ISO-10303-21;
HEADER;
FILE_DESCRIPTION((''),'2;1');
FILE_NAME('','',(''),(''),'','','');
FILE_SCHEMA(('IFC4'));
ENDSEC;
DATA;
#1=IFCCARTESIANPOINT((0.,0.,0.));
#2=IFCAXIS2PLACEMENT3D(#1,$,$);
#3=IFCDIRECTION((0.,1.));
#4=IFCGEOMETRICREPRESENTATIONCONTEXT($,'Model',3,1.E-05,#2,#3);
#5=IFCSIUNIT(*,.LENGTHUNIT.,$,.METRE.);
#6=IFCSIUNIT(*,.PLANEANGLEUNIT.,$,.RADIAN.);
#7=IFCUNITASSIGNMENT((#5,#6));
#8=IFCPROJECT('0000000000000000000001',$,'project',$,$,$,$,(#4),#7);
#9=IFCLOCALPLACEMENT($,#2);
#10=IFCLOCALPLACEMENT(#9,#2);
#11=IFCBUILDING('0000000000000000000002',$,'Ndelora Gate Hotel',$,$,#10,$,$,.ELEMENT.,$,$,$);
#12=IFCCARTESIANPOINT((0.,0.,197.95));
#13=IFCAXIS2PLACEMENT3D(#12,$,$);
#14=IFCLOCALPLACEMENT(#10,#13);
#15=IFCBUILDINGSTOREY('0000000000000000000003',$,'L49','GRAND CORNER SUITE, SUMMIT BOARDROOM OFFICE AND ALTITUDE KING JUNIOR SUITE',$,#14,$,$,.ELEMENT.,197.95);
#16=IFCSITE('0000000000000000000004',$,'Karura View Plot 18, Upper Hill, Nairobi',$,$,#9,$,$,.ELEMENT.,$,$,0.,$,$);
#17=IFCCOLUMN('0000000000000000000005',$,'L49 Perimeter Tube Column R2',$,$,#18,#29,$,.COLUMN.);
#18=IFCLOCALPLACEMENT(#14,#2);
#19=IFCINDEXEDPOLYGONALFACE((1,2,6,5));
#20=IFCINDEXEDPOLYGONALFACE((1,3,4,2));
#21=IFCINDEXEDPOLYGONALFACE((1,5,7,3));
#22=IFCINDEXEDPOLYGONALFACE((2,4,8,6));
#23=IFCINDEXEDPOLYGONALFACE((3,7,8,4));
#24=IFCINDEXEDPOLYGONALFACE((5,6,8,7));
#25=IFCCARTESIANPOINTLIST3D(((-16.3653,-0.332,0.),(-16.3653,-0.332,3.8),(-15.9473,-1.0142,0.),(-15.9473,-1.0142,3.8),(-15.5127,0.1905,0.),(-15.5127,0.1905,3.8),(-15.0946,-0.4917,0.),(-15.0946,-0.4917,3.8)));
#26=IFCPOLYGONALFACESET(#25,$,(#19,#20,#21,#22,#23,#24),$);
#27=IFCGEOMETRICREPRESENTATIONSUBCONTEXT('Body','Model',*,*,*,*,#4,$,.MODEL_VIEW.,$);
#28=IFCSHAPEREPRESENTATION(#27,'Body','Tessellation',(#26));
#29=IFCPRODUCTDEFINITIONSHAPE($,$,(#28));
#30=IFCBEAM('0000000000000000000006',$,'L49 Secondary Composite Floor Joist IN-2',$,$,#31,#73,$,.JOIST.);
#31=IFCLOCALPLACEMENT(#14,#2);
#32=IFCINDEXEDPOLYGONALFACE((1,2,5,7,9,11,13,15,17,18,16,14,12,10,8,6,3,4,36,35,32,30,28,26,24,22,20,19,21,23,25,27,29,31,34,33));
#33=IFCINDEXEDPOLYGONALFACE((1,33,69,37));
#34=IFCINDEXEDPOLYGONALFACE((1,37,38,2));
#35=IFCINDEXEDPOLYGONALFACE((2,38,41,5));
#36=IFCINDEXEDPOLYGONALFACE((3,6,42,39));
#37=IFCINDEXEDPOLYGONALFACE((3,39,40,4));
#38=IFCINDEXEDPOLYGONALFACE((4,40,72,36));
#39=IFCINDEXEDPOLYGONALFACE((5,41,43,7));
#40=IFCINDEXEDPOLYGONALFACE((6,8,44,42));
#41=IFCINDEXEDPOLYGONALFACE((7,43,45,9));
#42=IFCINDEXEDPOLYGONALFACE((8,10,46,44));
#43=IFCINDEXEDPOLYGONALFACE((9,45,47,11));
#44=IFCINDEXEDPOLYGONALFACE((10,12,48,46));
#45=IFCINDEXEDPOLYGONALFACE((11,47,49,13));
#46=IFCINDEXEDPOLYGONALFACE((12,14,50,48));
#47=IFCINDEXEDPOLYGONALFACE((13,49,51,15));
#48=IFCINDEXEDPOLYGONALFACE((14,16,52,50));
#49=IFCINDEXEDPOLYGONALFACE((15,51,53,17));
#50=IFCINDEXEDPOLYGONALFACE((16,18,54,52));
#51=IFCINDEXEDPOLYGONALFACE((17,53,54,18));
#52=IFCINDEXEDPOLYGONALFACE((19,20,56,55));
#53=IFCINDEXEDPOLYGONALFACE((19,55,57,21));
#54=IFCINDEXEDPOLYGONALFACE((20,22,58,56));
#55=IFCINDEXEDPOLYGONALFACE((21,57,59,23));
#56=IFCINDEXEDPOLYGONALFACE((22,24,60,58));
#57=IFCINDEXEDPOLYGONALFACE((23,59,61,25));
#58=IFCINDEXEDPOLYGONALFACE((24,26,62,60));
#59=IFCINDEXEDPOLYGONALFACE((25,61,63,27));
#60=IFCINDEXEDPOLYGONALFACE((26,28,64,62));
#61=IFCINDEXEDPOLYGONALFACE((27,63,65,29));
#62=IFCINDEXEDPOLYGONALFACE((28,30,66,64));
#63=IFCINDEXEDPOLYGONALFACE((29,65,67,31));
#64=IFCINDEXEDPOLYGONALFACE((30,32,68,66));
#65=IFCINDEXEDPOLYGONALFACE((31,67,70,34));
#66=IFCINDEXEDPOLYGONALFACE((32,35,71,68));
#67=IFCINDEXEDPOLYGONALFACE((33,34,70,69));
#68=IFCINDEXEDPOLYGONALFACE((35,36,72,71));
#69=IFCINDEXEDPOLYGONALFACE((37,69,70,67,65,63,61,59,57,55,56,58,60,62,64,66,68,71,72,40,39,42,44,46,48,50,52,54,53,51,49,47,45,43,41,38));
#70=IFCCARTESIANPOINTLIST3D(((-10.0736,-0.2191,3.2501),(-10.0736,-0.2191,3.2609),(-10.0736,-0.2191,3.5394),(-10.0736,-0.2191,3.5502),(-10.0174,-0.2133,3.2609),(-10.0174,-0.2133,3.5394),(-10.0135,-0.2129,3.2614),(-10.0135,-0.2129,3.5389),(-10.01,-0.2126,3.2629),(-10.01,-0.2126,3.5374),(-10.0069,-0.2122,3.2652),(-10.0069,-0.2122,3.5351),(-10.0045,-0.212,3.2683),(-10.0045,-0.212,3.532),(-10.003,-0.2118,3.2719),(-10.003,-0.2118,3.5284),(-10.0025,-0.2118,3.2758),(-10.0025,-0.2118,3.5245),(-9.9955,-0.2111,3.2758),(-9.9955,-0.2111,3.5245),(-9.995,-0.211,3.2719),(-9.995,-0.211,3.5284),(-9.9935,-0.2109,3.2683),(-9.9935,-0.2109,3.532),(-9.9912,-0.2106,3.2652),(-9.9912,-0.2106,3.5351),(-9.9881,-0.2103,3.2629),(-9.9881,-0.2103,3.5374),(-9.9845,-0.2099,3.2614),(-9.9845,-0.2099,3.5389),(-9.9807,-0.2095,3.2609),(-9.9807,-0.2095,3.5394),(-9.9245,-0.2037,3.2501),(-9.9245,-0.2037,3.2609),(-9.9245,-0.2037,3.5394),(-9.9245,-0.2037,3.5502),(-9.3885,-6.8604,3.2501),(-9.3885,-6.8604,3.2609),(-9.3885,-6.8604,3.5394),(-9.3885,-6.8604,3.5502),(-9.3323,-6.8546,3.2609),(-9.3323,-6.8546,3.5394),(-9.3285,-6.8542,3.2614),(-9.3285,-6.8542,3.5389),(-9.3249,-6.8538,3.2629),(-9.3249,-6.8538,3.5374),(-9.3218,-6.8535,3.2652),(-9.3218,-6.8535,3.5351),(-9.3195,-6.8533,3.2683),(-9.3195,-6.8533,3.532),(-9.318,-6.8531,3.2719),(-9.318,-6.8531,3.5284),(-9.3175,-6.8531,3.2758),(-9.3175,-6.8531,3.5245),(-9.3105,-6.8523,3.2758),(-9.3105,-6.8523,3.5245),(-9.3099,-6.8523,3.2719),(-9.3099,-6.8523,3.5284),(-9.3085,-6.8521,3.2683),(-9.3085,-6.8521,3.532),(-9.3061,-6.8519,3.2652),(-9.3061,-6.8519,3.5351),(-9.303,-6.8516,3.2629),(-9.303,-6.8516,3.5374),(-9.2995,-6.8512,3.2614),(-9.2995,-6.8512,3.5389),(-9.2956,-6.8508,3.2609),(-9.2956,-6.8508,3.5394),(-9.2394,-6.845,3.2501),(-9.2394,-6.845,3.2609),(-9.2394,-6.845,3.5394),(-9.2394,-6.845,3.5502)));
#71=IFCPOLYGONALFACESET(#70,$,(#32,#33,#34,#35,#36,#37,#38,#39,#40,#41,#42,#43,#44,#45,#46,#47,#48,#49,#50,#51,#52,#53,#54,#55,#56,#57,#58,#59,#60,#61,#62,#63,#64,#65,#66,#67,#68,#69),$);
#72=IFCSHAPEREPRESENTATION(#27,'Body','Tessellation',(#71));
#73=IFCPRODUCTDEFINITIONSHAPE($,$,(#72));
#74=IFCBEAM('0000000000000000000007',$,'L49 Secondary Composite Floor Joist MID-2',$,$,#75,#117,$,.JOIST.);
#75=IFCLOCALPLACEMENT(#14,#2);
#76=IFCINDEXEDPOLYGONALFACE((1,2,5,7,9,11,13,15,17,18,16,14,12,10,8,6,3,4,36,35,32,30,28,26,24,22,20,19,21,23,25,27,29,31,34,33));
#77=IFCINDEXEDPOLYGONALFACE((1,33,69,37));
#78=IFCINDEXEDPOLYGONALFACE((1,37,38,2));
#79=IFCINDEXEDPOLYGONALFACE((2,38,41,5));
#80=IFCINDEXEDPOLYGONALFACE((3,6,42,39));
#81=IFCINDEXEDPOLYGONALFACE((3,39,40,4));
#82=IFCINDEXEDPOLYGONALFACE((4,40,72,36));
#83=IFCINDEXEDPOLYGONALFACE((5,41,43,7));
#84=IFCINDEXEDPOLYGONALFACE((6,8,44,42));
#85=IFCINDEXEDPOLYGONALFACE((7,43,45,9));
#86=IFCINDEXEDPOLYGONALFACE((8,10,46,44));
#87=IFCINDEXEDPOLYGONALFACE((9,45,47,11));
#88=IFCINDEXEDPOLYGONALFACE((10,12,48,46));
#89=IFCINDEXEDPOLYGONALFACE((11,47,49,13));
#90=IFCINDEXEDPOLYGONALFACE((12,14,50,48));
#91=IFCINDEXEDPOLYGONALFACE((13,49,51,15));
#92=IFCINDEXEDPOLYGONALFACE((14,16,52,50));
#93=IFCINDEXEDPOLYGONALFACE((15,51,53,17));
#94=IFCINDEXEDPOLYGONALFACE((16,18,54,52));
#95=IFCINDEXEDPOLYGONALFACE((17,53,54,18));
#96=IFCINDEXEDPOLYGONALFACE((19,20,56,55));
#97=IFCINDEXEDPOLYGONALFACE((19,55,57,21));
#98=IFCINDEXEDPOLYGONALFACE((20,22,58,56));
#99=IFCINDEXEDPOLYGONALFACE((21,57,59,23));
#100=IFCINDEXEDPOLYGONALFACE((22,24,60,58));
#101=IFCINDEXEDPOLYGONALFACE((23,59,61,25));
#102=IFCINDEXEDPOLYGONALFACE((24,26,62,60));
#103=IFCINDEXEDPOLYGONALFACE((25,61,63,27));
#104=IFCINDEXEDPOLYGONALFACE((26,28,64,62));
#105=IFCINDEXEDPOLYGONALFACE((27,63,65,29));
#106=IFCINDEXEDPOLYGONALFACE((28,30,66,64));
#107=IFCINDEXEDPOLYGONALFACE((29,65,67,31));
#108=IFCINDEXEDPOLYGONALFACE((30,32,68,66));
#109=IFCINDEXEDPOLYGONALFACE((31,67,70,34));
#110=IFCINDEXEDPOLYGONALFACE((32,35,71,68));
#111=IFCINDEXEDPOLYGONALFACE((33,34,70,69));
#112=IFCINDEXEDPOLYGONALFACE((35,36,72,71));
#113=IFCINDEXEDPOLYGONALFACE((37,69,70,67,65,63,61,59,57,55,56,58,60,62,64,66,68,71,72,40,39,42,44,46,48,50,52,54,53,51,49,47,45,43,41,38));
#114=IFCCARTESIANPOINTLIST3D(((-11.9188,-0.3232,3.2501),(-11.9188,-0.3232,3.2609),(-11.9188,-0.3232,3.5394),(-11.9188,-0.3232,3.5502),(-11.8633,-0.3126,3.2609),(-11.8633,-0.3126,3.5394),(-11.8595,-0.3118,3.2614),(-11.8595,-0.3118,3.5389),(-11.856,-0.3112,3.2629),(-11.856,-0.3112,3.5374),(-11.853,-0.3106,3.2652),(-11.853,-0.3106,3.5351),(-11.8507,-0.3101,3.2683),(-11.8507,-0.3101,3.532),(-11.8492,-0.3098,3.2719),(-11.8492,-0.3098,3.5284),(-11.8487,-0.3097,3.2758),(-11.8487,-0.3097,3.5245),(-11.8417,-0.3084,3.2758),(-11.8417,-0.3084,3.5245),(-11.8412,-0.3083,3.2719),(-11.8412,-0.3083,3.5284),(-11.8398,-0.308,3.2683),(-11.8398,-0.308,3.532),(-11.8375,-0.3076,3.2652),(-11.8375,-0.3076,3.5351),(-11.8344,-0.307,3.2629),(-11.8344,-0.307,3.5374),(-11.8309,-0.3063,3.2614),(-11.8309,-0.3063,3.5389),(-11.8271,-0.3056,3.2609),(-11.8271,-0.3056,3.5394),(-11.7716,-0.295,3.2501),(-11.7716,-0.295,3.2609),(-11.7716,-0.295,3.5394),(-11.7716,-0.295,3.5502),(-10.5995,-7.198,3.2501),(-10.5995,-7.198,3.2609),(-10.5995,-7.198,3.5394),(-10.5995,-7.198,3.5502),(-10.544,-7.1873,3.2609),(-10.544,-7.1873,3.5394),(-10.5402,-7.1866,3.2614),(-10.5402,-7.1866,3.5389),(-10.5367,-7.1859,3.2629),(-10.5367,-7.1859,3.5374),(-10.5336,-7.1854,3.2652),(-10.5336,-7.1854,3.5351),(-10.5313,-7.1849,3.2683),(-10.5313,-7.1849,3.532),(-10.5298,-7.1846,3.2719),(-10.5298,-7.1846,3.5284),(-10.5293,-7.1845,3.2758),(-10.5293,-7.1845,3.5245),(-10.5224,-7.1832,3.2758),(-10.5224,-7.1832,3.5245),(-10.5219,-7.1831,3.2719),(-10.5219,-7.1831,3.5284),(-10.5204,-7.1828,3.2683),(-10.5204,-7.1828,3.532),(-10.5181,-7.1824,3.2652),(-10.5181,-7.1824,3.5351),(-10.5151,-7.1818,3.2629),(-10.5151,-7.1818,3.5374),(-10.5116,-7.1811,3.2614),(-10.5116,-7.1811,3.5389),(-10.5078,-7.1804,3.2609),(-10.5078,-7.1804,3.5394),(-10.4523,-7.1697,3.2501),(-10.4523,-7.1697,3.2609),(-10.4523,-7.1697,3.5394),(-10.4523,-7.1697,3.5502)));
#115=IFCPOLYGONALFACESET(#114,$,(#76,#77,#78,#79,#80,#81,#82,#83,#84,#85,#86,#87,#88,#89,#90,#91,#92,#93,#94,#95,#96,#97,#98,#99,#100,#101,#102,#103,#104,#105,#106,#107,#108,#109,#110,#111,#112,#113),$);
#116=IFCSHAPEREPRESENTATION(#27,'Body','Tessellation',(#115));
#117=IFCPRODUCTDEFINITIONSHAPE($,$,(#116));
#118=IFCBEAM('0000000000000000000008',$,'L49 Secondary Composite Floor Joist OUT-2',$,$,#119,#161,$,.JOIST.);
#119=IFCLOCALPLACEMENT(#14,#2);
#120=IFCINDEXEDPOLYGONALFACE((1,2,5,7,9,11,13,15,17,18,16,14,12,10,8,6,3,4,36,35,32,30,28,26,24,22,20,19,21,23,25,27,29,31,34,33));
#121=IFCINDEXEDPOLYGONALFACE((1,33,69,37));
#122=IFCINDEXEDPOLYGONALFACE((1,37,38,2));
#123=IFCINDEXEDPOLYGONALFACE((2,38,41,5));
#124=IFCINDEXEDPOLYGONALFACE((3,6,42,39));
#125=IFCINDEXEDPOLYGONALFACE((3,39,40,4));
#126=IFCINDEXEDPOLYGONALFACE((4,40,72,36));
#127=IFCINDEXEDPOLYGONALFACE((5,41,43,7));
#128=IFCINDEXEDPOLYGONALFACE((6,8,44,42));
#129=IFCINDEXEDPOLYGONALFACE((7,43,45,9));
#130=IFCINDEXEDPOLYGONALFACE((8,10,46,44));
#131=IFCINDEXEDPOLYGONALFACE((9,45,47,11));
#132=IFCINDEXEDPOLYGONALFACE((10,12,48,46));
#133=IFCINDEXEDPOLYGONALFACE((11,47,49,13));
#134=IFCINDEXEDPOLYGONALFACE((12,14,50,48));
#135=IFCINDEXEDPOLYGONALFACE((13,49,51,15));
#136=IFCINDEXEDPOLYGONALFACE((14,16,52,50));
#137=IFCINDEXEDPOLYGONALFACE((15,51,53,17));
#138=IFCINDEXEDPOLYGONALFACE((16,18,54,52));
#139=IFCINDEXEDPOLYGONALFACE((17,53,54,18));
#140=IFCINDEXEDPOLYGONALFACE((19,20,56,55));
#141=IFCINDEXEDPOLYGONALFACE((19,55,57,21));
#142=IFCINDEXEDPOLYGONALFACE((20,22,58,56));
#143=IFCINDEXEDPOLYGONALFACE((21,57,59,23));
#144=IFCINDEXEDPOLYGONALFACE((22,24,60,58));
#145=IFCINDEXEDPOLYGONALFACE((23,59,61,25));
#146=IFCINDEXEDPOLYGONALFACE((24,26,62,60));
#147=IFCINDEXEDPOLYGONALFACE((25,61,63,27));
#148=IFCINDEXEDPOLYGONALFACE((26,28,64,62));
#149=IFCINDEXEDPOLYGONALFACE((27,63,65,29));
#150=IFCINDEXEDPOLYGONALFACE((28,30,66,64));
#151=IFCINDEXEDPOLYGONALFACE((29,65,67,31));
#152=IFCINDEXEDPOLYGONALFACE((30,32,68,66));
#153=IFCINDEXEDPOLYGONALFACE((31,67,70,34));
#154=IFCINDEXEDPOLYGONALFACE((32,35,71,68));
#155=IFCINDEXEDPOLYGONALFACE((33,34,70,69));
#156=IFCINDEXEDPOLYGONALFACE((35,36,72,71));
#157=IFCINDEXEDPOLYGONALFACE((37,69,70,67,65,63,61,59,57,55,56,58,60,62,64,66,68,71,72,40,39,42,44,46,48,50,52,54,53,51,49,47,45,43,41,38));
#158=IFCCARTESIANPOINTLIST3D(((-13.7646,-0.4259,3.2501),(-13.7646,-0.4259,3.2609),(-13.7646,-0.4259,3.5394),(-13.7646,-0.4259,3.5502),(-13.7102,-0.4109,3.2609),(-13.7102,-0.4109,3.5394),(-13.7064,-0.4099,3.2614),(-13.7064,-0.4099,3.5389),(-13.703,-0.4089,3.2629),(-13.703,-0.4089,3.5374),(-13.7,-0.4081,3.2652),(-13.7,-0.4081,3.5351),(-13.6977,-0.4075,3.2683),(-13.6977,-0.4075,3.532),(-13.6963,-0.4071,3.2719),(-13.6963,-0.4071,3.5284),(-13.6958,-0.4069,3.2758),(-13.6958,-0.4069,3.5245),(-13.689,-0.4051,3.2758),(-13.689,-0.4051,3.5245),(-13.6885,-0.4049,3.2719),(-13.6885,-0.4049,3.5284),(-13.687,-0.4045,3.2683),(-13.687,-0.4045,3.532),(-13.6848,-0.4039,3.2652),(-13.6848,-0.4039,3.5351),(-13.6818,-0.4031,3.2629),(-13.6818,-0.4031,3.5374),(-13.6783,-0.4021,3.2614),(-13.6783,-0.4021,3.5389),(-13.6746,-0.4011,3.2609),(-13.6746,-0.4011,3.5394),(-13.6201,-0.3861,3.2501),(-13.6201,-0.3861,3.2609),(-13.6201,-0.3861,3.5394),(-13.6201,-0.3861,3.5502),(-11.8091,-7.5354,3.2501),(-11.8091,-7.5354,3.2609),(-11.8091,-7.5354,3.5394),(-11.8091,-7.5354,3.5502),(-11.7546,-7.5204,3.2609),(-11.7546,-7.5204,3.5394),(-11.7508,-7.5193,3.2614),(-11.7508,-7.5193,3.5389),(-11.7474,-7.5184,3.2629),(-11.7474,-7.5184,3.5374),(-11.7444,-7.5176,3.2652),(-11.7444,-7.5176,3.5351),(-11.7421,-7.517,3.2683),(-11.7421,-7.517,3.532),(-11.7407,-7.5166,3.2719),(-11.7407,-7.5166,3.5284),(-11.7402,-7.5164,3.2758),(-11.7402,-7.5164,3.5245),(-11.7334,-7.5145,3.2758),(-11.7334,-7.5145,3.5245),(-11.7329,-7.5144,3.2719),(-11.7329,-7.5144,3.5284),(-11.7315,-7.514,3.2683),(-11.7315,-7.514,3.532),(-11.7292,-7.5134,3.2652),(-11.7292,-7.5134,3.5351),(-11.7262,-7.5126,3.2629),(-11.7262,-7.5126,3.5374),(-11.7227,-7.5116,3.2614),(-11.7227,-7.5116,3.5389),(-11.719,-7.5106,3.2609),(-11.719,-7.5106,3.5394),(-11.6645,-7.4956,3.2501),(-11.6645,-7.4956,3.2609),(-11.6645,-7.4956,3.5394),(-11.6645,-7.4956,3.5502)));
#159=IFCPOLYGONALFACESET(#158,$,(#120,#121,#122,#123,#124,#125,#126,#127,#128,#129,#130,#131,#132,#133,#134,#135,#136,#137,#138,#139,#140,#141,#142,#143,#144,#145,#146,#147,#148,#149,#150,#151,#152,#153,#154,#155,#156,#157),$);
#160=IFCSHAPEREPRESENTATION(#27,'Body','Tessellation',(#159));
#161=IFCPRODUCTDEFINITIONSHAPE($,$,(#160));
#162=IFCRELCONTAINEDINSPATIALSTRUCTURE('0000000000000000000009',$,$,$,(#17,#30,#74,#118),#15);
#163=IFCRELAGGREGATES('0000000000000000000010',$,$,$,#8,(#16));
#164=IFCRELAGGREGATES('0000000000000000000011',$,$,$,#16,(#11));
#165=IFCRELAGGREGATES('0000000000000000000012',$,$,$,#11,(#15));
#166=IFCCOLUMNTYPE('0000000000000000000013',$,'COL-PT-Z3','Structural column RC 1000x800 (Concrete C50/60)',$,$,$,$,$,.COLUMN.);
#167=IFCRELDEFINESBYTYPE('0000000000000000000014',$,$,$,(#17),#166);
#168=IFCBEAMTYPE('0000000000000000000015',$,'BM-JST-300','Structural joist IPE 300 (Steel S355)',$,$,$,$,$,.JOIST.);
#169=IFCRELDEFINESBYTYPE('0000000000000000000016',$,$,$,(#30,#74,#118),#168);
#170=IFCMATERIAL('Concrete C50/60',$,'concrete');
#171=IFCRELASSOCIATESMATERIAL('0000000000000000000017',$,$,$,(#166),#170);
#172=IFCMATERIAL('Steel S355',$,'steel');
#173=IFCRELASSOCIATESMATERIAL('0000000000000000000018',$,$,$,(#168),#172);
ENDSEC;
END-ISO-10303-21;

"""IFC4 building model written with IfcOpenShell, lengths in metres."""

from ifc_helpers import new_model, si_unit, direction, frame, origin, origin_2d, place, context, subcontext, project, spatial, rectangle, i_section, extrude, material, material_profile, profile_set, type_object, element, save


model = new_model("IFC4")

# Units and contexts
model_context = context("Model", 3, precision=1e-05, world=origin(), true_north=direction((0.0, 1.0)))
body_context = subcontext(model_context, "Body", "Model", "MODEL_VIEW")
ifc_project = project(units=[si_unit("LENGTHUNIT", "METRE"), si_unit("PLANEANGLEUNIT", "RADIAN")], contexts=[model_context])

# Site, building, storey
site_placement = place(None, origin())
site = spatial("IfcSite", under=ifc_project, at=site_placement, Name="Karura View Plot 18, Upper Hill, Nairobi", CompositionType="ELEMENT", RefElevation=0.0)
building_placement = place(site_placement, origin())
building = spatial("IfcBuilding", under=site, at=building_placement, Name="Ndelora Gate Hotel", CompositionType="ELEMENT")
storey_placement = place(building_placement, frame((0.0, 0.0, 197.95)))
storey = spatial("IfcBuildingStorey", under=building, at=storey_placement, Name="L49", Description="GRAND CORNER SUITE, SUMMIT BOARDROOM OFFICE AND ALTITUDE KING JUNIOR SUITE", CompositionType="ELEMENT", Elevation=197.95)

# Column
ifc_material_1 = material(Name="Concrete C50/60", Category="concrete")
ifc_material_profile_1 = material_profile(ifc_material_1, rectangle(XDim=0.8, YDim=1.0, at=origin_2d()), Name="RC 1000x800")
ifc_profile_set_1 = profile_set([ifc_material_profile_1], Name="Concrete C50/60")
column_type = type_object("IfcColumnType", Name="COL-PT-Z3", Description="Structural column RC 1000x800 (Concrete C50/60)", PredefinedType="COLUMN", material=ifc_profile_set_1)
column_placement = place(storey_placement, frame((-15.73, -0.4119, 0.0), z_axis=(0.0, 0.0, 1.0), x_axis=(-0.522499, 0.85264, 0.0)))
element("IfcColumn", 1, at=column_placement, inside=storey, type_object=column_type, Name="L49 Perimeter Tube Column R2", PredefinedType="COLUMN", context=body_context, shape_type="SweptSolid", body=[
    extrude(rectangle(XDim=0.8, YDim=1.0, at=origin_2d()), origin(), (0.0, 0.0, 1.0), 3.8),
])

# Beams
ifc_material_2 = material(Name="Steel S355", Category="steel")
ifc_material_profile_2 = material_profile(ifc_material_2, i_section(OverallWidth=0.1499, OverallDepth=0.3, WebThickness=0.0071, FlangeThickness=0.0107, FilletRadius=0.0149, at=origin_2d()), Name="IPE 300")
ifc_profile_set_2 = profile_set([ifc_material_profile_2], Name="Steel S355")
beam_type_1 = type_object("IfcBeamType", Name="BM-JST-300", Description="Structural joist IPE 300 (Steel S355)", PredefinedType="JOIST", material=ifc_profile_set_2)
beam_1_placement = place(storey_placement, frame((-9.999, -0.2114, 3.4001), z_axis=(0.102606, -0.994722, 0.0), x_axis=(0.994722, 0.102606, 0.0)))
element("IfcBeam", 2, at=beam_1_placement, inside=storey, type_object=beam_type_1, Name="L49 Secondary Composite Floor Joist IN-2", PredefinedType="JOIST", context=body_context, shape_type="SweptSolid", body=[
    extrude(i_section(OverallWidth=0.1499, OverallDepth=0.3, WebThickness=0.0071, FlangeThickness=0.0107, FilletRadius=0.0149, at=origin_2d()), origin(), (0.0, 0.0, 1.0), 6.6765),
])
beam_2_placement = place(storey_placement, frame((-11.8452, -0.3091, 3.4001), z_axis=(0.188471, -0.982079, 0.0), x_axis=(0.982079, 0.188471, 0.0)))
element("IfcBeam", 3, at=beam_2_placement, inside=storey, type_object=beam_type_1, Name="L49 Secondary Composite Floor Joist MID-2", PredefinedType="JOIST", context=body_context, shape_type="SweptSolid", body=[
    extrude(i_section(OverallWidth=0.1499, OverallDepth=0.3, WebThickness=0.0071, FlangeThickness=0.0107, FilletRadius=0.0149, at=origin_2d()), origin(), (0.0, 0.0, 1.0), 7.0002),
])
beam_3_placement = place(storey_placement, frame((-13.6924, -0.406, 3.4001), z_axis=(0.265218, -0.964188, 0.0), x_axis=(0.964188, 0.265218, 0.0)))
element("IfcBeam", 4, at=beam_3_placement, inside=storey, type_object=beam_type_1, Name="L49 Secondary Composite Floor Joist OUT-2", PredefinedType="JOIST", context=body_context, shape_type="SweptSolid", body=[
    extrude(i_section(OverallWidth=0.1499, OverallDepth=0.3, WebThickness=0.0071, FlangeThickness=0.0107, FilletRadius=0.0149, at=origin_2d()), origin(), (0.0, 0.0, 1.0), 7.3735),
])

save(model, "model.ifc")
